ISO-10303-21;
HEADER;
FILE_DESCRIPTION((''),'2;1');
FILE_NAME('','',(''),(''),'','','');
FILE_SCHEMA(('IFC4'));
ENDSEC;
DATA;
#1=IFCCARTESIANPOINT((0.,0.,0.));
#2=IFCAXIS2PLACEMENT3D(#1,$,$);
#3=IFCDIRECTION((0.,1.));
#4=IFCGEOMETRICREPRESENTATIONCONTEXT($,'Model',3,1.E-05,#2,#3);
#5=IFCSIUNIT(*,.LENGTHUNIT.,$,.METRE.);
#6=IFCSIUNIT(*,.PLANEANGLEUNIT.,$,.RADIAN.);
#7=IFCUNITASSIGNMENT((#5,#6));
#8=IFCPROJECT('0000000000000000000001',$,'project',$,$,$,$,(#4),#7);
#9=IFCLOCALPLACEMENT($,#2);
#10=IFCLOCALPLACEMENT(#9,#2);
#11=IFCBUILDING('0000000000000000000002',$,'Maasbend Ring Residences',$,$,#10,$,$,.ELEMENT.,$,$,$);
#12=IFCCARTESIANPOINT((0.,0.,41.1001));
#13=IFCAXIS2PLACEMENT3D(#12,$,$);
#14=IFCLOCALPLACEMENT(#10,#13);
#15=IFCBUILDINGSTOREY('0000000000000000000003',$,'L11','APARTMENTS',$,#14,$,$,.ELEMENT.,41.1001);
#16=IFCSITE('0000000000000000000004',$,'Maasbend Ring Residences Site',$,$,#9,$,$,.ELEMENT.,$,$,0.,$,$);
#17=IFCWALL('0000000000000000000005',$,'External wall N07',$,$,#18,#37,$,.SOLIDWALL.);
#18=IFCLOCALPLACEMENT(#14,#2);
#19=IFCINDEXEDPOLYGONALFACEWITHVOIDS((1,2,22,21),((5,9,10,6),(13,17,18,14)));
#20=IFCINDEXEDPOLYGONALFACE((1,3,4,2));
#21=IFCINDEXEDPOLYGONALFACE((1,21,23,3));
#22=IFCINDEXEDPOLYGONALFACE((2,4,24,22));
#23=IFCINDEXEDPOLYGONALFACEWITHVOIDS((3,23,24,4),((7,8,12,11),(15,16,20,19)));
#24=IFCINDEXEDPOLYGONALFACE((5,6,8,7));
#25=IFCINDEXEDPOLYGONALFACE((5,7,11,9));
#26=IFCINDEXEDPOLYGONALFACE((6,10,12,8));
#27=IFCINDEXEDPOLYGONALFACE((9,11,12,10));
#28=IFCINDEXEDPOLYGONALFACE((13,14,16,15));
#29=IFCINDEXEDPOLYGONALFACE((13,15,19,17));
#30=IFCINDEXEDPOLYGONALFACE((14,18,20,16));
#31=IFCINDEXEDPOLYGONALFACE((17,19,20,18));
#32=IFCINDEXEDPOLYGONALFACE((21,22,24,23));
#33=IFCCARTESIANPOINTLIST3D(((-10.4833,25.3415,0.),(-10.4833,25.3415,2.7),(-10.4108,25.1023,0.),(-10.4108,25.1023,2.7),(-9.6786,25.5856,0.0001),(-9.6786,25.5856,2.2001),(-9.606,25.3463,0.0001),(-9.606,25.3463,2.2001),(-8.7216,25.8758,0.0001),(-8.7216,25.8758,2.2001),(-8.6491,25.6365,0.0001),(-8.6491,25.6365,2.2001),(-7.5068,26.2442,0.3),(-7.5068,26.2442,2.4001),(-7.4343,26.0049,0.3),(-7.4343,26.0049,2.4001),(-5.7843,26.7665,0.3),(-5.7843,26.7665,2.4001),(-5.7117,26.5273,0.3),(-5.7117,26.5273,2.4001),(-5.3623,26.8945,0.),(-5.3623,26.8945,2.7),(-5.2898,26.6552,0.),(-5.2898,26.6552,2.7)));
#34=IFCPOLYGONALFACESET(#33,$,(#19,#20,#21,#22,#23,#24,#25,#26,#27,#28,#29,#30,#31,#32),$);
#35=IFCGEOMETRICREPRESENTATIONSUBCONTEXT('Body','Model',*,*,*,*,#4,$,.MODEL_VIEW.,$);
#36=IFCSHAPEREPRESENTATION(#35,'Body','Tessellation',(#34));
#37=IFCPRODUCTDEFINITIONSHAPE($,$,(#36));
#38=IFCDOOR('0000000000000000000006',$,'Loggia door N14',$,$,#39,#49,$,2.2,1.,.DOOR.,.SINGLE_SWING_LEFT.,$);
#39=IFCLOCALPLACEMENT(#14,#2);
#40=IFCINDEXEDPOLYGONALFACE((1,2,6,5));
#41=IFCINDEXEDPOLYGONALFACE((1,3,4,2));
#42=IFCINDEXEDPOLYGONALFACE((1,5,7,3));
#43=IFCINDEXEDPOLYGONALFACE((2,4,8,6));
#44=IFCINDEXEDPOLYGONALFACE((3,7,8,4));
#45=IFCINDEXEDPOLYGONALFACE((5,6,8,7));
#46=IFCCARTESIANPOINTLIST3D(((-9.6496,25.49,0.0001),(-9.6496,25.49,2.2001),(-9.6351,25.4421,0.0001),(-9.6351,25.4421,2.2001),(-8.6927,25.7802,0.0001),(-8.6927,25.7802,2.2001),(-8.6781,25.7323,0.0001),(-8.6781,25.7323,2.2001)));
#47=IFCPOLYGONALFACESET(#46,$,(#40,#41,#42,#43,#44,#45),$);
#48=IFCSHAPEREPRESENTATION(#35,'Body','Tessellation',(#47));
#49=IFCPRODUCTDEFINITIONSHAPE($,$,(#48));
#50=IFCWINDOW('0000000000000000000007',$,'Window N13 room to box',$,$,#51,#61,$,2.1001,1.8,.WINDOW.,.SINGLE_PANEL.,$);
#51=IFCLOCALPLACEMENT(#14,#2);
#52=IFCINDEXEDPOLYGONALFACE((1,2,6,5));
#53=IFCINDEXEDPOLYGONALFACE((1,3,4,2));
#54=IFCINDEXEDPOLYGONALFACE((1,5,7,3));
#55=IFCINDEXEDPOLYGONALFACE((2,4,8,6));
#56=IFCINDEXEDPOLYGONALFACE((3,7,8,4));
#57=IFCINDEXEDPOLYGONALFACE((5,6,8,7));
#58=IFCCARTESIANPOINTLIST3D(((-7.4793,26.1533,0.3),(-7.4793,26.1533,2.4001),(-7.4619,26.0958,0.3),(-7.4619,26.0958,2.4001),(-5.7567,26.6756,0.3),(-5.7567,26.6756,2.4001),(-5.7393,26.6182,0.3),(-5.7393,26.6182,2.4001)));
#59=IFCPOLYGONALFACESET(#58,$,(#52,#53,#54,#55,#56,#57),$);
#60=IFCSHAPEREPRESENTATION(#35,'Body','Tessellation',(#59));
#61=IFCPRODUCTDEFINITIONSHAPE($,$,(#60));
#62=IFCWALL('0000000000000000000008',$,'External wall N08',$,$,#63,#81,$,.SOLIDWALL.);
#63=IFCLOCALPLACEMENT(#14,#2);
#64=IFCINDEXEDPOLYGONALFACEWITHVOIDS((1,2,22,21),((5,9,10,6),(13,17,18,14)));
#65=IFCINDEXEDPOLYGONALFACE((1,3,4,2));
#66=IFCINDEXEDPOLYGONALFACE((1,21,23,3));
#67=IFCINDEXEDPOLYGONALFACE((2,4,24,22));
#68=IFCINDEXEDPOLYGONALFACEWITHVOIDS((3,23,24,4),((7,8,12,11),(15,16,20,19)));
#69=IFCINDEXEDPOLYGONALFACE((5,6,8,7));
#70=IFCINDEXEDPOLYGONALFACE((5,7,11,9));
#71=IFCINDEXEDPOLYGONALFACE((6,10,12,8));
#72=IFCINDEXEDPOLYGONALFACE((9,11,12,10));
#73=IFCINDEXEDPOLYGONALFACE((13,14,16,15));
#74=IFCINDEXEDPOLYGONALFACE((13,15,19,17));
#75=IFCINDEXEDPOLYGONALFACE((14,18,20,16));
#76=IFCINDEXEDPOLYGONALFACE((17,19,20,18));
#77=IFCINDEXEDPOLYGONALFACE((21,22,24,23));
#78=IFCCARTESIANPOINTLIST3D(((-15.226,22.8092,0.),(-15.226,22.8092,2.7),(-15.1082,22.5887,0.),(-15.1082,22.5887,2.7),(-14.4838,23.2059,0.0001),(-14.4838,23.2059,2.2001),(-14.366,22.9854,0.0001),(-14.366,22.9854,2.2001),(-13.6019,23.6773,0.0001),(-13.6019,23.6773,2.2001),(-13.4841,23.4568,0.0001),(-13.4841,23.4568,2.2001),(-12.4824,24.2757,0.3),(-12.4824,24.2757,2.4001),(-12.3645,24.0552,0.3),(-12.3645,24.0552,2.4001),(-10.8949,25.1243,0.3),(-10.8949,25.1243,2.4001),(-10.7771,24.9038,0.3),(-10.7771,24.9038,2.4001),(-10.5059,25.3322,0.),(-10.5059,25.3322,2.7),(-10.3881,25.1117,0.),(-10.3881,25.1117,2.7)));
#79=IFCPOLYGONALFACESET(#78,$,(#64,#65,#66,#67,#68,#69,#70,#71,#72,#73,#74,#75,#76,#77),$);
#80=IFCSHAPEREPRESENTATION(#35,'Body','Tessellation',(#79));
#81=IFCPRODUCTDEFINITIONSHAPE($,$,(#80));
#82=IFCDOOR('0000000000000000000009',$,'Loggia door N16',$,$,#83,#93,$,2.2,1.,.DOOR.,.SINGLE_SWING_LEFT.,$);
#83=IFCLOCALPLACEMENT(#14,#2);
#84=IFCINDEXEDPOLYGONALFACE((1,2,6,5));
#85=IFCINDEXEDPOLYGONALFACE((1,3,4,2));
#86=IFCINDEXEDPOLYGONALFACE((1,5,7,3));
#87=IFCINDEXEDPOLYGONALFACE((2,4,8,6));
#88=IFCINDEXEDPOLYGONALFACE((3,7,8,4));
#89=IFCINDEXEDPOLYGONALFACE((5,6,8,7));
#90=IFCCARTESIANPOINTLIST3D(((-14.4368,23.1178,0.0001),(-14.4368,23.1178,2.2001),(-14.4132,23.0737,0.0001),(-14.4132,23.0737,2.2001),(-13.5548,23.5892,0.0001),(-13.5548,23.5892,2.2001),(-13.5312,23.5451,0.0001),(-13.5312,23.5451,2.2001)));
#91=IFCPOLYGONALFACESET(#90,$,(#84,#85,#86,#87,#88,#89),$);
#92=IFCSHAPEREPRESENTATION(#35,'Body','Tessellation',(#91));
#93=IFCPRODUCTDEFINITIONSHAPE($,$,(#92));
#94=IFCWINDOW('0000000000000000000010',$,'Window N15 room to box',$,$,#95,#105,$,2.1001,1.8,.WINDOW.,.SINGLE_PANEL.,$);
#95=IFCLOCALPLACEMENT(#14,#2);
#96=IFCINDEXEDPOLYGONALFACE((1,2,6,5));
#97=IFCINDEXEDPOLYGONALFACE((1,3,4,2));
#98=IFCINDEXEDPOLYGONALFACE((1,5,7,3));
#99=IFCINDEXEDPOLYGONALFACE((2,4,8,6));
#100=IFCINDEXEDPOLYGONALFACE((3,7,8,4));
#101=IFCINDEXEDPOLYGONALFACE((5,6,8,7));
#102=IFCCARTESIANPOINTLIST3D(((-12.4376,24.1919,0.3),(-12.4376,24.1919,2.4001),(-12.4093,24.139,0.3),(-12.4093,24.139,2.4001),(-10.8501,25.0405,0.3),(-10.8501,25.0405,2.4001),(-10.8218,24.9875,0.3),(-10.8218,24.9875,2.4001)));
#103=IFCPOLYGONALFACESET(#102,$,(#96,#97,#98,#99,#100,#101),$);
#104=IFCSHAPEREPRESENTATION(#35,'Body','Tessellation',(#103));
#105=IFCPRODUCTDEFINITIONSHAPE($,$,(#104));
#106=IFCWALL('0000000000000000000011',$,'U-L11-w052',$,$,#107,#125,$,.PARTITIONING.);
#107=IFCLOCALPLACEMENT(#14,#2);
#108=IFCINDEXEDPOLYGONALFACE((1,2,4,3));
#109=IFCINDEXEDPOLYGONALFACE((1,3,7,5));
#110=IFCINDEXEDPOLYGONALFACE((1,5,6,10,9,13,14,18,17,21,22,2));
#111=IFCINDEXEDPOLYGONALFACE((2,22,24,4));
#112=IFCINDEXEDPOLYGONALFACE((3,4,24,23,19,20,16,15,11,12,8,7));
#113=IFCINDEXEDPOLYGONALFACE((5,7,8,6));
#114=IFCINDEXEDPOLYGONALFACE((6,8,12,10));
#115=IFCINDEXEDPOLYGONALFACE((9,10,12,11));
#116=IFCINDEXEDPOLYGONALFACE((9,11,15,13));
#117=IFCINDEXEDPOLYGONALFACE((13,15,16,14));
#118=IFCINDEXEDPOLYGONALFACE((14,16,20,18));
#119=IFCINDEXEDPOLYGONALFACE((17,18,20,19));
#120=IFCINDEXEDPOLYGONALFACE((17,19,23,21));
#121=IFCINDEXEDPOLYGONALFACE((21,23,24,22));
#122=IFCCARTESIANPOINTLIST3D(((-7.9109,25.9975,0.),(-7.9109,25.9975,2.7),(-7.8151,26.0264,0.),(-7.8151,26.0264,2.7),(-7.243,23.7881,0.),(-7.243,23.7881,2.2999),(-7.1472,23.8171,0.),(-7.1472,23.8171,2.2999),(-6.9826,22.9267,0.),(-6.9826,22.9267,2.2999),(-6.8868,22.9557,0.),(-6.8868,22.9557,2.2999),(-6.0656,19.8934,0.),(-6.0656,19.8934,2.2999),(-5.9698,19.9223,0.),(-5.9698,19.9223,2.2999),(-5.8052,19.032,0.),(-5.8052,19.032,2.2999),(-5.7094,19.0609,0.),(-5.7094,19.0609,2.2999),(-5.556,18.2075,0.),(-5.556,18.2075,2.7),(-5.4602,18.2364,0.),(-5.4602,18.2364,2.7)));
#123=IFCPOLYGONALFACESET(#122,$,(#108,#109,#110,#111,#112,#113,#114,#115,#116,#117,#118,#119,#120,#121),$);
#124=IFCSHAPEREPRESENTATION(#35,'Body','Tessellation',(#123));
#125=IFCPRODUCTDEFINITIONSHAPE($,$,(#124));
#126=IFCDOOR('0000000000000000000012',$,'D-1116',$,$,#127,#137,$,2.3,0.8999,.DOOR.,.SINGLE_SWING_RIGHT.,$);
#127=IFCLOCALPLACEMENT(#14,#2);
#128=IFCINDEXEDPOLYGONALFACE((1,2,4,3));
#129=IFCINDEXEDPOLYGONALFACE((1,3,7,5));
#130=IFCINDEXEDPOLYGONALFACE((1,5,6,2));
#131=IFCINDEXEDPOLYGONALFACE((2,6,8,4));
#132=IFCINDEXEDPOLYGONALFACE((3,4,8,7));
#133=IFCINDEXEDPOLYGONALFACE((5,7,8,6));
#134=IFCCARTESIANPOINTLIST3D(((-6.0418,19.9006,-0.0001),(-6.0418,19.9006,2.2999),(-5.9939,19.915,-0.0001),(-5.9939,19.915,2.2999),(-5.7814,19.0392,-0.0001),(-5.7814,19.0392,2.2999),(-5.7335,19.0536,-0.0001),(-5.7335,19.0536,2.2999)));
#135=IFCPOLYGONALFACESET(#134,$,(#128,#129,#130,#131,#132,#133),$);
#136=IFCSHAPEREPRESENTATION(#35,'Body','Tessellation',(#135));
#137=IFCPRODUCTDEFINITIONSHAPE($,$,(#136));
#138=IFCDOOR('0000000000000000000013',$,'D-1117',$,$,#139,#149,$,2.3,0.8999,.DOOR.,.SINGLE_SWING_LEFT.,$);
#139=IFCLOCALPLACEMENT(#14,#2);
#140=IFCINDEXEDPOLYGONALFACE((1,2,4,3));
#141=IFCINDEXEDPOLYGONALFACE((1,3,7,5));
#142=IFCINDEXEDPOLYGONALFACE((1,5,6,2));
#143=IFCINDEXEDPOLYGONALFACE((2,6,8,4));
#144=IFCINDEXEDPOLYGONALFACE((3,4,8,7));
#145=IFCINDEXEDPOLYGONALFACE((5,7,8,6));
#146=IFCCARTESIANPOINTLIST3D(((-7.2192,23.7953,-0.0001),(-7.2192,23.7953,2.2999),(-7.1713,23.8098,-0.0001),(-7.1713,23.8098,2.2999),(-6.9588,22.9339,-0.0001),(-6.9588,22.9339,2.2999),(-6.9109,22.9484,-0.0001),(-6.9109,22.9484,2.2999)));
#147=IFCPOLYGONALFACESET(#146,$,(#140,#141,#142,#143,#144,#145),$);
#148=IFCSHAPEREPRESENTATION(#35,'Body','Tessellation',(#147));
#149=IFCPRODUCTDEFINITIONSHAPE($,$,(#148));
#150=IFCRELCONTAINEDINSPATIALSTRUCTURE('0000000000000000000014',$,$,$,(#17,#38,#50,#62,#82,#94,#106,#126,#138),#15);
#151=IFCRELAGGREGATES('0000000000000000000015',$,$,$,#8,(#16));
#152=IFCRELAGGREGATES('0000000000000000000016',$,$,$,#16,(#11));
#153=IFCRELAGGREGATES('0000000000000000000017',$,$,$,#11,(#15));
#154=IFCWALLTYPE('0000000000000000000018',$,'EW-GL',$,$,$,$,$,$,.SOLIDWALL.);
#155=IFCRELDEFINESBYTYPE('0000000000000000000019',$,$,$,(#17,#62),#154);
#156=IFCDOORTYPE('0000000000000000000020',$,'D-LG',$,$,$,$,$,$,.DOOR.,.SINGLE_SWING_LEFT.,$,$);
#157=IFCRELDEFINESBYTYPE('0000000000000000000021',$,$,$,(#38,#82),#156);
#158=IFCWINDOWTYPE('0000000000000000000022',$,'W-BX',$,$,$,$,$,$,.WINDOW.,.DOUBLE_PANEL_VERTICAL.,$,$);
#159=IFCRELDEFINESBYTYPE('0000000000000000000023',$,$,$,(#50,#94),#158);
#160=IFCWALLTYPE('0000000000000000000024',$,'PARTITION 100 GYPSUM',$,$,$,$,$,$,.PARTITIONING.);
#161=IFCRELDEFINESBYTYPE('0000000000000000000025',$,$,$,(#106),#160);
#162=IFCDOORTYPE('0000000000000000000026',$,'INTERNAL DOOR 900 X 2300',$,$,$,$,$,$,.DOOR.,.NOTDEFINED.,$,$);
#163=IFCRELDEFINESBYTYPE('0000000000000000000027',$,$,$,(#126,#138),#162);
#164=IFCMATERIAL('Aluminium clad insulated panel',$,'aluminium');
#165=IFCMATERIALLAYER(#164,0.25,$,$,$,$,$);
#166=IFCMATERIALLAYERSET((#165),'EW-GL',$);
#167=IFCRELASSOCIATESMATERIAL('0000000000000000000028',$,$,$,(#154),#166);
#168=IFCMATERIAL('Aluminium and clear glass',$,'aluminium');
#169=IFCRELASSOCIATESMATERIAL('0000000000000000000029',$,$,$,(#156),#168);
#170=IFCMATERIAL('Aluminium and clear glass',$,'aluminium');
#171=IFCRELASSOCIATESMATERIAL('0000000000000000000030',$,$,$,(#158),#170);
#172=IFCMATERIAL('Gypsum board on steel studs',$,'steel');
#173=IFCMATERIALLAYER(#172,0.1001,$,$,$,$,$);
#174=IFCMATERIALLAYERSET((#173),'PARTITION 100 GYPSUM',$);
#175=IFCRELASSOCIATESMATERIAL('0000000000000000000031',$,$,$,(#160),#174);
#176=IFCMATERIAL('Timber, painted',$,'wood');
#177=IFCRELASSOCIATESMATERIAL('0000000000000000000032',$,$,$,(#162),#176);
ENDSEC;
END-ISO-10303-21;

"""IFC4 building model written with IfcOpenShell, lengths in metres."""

from ifc_helpers import new_model, si_unit, direction, frame, frame_2d, origin, place, context, subcontext, project, spatial, rectangle, extrude, material, layer, layer_set, type_object, element, fill, save


model = new_model("IFC4")

# Units and contexts
model_context = context("Model", 3, precision=1e-05, world=origin(), true_north=direction((0.0, 1.0)))
body_context = subcontext(model_context, "Body", "Model", "MODEL_VIEW")
ifc_project = project(units=[si_unit("LENGTHUNIT", "METRE"), si_unit("PLANEANGLEUNIT", "RADIAN")], contexts=[model_context])

# Site, building, storey
site_placement = place(None, origin())
site = spatial("IfcSite", under=ifc_project, at=site_placement, Name="Maasbend Ring Residences Site", CompositionType="ELEMENT", RefElevation=0.0)
building_placement = place(site_placement, origin())
building = spatial("IfcBuilding", under=site, at=building_placement, Name="Maasbend Ring Residences", CompositionType="ELEMENT")
storey_placement = place(building_placement, frame((0.0, 0.0, 41.1001)))
storey = spatial("IfcBuildingStorey", under=building, at=storey_placement, Name="L11", Description="APARTMENTS", CompositionType="ELEMENT", Elevation=41.1001)

# Walls, openings, doors, windows
ifc_material_1 = material(Name="Aluminium clad insulated panel", Category="aluminium")
ifc_layer_1 = layer(ifc_material_1, 0.25)
ifc_layer_set_1 = layer_set([ifc_layer_1], Name="EW-GL")
wall_type_1 = type_object("IfcWallType", Name="EW-GL", PredefinedType="SOLIDWALL", material=ifc_layer_set_1)
wall_1_placement = place(storey_placement, frame((-5.3259, 26.7749, 0.0), z_axis=(0.0, 0.0, 1.0), x_axis=(-0.956966, -0.290201, 0.0)))
wall_1 = element("IfcWall", 1, at=wall_1_placement, inside=storey, type_object=wall_type_1, Name="External wall N07", PredefinedType="SOLIDWALL", context=body_context, shape_type="SweptSolid", body=[
    extrude(rectangle(XDim=5.3513, YDim=0.25, at=frame_2d((2.6758, 0.0))), origin(), (0.0, 0.0, 1.0), 2.7),
])
opening_1_placement = place(wall_1_placement, frame((0.4412, 0.0, 0.3)))
opening_1 = element("IfcOpeningElement", 2, at=opening_1_placement, cuts=wall_1, PredefinedType="OPENING", context=body_context, shape_type="SweptSolid", body=[
    extrude(rectangle(XDim=1.8, YDim=2.1001, at=frame_2d((0.8999, 1.05))), frame((0.0, 0.135, 0.0), z_axis=(0.0, -1.0, 0.0), x_axis=(1.0, 0.0, 0.0)), (0.0, 0.0, 1.0), 0.27),
])
opening_2_placement = place(wall_1_placement, frame((3.5105, 0.0, 0.0)))
opening_2 = element("IfcOpeningElement", 3, at=opening_2_placement, cuts=wall_1, PredefinedType="OPENING", context=body_context, shape_type="SweptSolid", body=[
    extrude(rectangle(XDim=1.0, YDim=2.2, at=frame_2d((0.5, 1.1001))), frame((0.0, 0.135, 0.0), z_axis=(0.0, -1.0, 0.0), x_axis=(1.0, 0.0, 0.0)), (0.0, 0.0, 1.0), 0.27),
])
ifc_material_2 = material(Name="Aluminium and clear glass", Category="aluminium")
door_type_1 = type_object("IfcDoorType", Name="D-LG", OperationType="SINGLE_SWING_LEFT", PredefinedType="DOOR", material=ifc_material_2)
door_1_placement = place(opening_2_placement, origin())
door_1 = element("IfcDoor", 4, at=door_1_placement, inside=storey, type_object=door_type_1, Name="Loggia door N14", OperationType="SINGLE_SWING_LEFT", OverallHeight=2.2, OverallWidth=1.0, PredefinedType="DOOR", context=body_context, shape_type="SweptSolid", body=[
    extrude(rectangle(XDim=1.0, YDim=2.2, at=frame_2d((0.5, 1.1001))), frame((0.0, 0.0249, 0.0), z_axis=(0.0, -1.0, 0.0), x_axis=(1.0, 0.0, 0.0)), (0.0, 0.0, 1.0), 0.05),
])
fill(opening_2, door_1)
ifc_material_3 = material(Name="Aluminium and clear glass", Category="aluminium")
window_type_1 = type_object("IfcWindowType", Name="W-BX", PartitioningType="DOUBLE_PANEL_VERTICAL", PredefinedType="WINDOW", material=ifc_material_3)
window_1_placement = place(opening_1_placement, origin())
window_1 = element("IfcWindow", 5, at=window_1_placement, inside=storey, type_object=window_type_1, Name="Window N13 room to box", OverallHeight=2.1001, OverallWidth=1.8, PartitioningType="SINGLE_PANEL", PredefinedType="WINDOW", context=body_context, shape_type="SweptSolid", body=[
    extrude(rectangle(XDim=1.8, YDim=2.1001, at=frame_2d((0.8999, 1.05))), frame((0.0, 0.03, 0.0), z_axis=(0.0, -1.0, 0.0), x_axis=(1.0, 0.0, 0.0)), (0.0, 0.0, 1.0), 0.0601),
])
fill(opening_1, window_1)
wall_2_placement = place(storey_placement, frame((-10.447, 25.2219, 0.0), z_axis=(0.0, 0.0, 1.0), x_axis=(-0.881916, -0.471407, 0.0)))
wall_2 = element("IfcWall", 6, at=wall_2_placement, inside=storey, type_object=wall_type_1, Name="External wall N08", PredefinedType="SOLIDWALL", context=body_context, shape_type="SweptSolid", body=[
    extrude(rectangle(XDim=5.3521, YDim=0.25, at=frame_2d((2.676, 0.0))), origin(), (0.0, 0.0, 1.0), 2.7),
])
opening_3_placement = place(wall_2_placement, frame((0.4412, 0.0, 0.3)))
opening_3 = element("IfcOpeningElement", 7, at=opening_3_placement, cuts=wall_2, PredefinedType="OPENING", context=body_context, shape_type="SweptSolid", body=[
    extrude(rectangle(XDim=1.8, YDim=2.1001, at=frame_2d((0.8999, 1.05))), frame((0.0, 0.135, 0.0), z_axis=(0.0, -1.0, 0.0), x_axis=(1.0, 0.0, 0.0)), (0.0, 0.0, 1.0), 0.27),
])
opening_4_placement = place(wall_2_placement, frame((3.5105, 0.0, 0.0)))
opening_4 = element("IfcOpeningElement", 8, at=opening_4_placement, cuts=wall_2, PredefinedType="OPENING", context=body_context, shape_type="SweptSolid", body=[
    extrude(rectangle(XDim=1.0, YDim=2.2, at=frame_2d((0.5, 1.1001))), frame((0.0, 0.135, 0.0), z_axis=(0.0, -1.0, 0.0), x_axis=(1.0, 0.0, 0.0)), (0.0, 0.0, 1.0), 0.27),
])
door_2_placement = place(opening_4_placement, origin())
door_2 = element("IfcDoor", 9, at=door_2_placement, inside=storey, type_object=door_type_1, Name="Loggia door N16", OperationType="SINGLE_SWING_LEFT", OverallHeight=2.2, OverallWidth=1.0, PredefinedType="DOOR", context=body_context, shape_type="SweptSolid", body=[
    extrude(rectangle(XDim=1.0, YDim=2.2, at=frame_2d((0.5, 1.1001))), frame((0.0, 0.0249, 0.0), z_axis=(0.0, -1.0, 0.0), x_axis=(1.0, 0.0, 0.0)), (0.0, 0.0, 1.0), 0.05),
])
fill(opening_4, door_2)
window_2_placement = place(opening_3_placement, origin())
window_2 = element("IfcWindow", 10, at=window_2_placement, inside=storey, type_object=window_type_1, Name="Window N15 room to box", OverallHeight=2.1001, OverallWidth=1.8, PartitioningType="SINGLE_PANEL", PredefinedType="WINDOW", context=body_context, shape_type="SweptSolid", body=[
    extrude(rectangle(XDim=1.8, YDim=2.1001, at=frame_2d((0.8999, 1.05))), frame((0.0, 0.03, 0.0), z_axis=(0.0, -1.0, 0.0), x_axis=(1.0, 0.0, 0.0)), (0.0, 0.0, 1.0), 0.0601),
])
fill(opening_3, window_2)

# Wall, openings, doors
ifc_material_4 = material(Name="Gypsum board on steel studs", Category="steel")
ifc_layer_2 = layer(ifc_material_4, 0.1001)
ifc_layer_set_2 = layer_set([ifc_layer_2], Name="PARTITION 100 GYPSUM")
wall_type_2 = type_object("IfcWallType", Name="PARTITION 100 GYPSUM", PredefinedType="PARTITIONING", material=ifc_layer_set_2)
wall_3_placement = place(storey_placement, frame((-7.863, 26.012, 0.0), z_axis=(0.0, 0.0, 1.0), x_axis=(0.289373, -0.957216, 0.0)))
wall_3 = element("IfcWall", 11, at=wall_3_placement, inside=storey, type_object=wall_type_2, Name="U-L11-w052", PredefinedType="PARTITIONING", context=body_context, shape_type="SweptSolid", body=[
    extrude(rectangle(XDim=8.1382, YDim=0.1001, at=frame_2d((4.0691, 0.0))), origin(), (0.0, 0.0, 1.0), 2.7),
])
opening_5_placement = place(wall_3_placement, frame((6.377, 0.0, 0.0)))
opening_5 = element("IfcOpeningElement", 12, at=opening_5_placement, cuts=wall_3, PredefinedType="OPENING", context=body_context, shape_type="SweptSolid", body=[
    extrude(rectangle(XDim=0.8999, YDim=2.3, at=frame_2d((0.45, 1.1499))), frame((0.0, 0.0601, 0.0), z_axis=(0.0, -1.0, 0.0), x_axis=(1.0, 0.0, 0.0)), (0.0, 0.0, 1.0), 0.1201),
])
opening_6_placement = place(wall_3_placement, frame((2.3081, 0.0, 0.0)))
opening_6 = element("IfcOpeningElement", 13, at=opening_6_placement, cuts=wall_3, PredefinedType="OPENING", context=body_context, shape_type="SweptSolid", body=[
    extrude(rectangle(XDim=0.8999, YDim=2.3, at=frame_2d((0.45, 1.1499))), frame((0.0, 0.0601, 0.0), z_axis=(0.0, -1.0, 0.0), x_axis=(1.0, 0.0, 0.0)), (0.0, 0.0, 1.0), 0.1201),
])
ifc_material_5 = material(Name="Timber, painted", Category="wood")
door_type_2 = type_object("IfcDoorType", Name="INTERNAL DOOR 900 X 2300", OperationType="NOTDEFINED", PredefinedType="DOOR", material=ifc_material_5)
door_3_placement = place(opening_5_placement, origin())
door_3 = element("IfcDoor", 14, at=door_3_placement, inside=storey, type_object=door_type_2, Name="D-1116", OperationType="SINGLE_SWING_RIGHT", OverallHeight=2.3, OverallWidth=0.8999, PredefinedType="DOOR", context=body_context, shape_type="SweptSolid", body=[
    extrude(rectangle(XDim=0.8999, YDim=2.3, at=frame_2d((0.45, 1.1499))), frame((0.0, 0.0249, 0.0), z_axis=(0.0, -1.0, 0.0), x_axis=(1.0, 0.0, 0.0)), (0.0, 0.0, 1.0), 0.05),
])
fill(opening_5, door_3)
door_4_placement = place(opening_6_placement, origin())
door_4 = element("IfcDoor", 15, at=door_4_placement, inside=storey, type_object=door_type_2, Name="D-1117", OperationType="SINGLE_SWING_LEFT", OverallHeight=2.3, OverallWidth=0.8999, PredefinedType="DOOR", context=body_context, shape_type="SweptSolid", body=[
    extrude(rectangle(XDim=0.8999, YDim=2.3, at=frame_2d((0.45, 1.1499))), frame((0.0, 0.0249, 0.0), z_axis=(0.0, -1.0, 0.0), x_axis=(1.0, 0.0, 0.0)), (0.0, 0.0, 1.0), 0.05),
])
fill(opening_6, door_4)

save(model, "model.ifc")
